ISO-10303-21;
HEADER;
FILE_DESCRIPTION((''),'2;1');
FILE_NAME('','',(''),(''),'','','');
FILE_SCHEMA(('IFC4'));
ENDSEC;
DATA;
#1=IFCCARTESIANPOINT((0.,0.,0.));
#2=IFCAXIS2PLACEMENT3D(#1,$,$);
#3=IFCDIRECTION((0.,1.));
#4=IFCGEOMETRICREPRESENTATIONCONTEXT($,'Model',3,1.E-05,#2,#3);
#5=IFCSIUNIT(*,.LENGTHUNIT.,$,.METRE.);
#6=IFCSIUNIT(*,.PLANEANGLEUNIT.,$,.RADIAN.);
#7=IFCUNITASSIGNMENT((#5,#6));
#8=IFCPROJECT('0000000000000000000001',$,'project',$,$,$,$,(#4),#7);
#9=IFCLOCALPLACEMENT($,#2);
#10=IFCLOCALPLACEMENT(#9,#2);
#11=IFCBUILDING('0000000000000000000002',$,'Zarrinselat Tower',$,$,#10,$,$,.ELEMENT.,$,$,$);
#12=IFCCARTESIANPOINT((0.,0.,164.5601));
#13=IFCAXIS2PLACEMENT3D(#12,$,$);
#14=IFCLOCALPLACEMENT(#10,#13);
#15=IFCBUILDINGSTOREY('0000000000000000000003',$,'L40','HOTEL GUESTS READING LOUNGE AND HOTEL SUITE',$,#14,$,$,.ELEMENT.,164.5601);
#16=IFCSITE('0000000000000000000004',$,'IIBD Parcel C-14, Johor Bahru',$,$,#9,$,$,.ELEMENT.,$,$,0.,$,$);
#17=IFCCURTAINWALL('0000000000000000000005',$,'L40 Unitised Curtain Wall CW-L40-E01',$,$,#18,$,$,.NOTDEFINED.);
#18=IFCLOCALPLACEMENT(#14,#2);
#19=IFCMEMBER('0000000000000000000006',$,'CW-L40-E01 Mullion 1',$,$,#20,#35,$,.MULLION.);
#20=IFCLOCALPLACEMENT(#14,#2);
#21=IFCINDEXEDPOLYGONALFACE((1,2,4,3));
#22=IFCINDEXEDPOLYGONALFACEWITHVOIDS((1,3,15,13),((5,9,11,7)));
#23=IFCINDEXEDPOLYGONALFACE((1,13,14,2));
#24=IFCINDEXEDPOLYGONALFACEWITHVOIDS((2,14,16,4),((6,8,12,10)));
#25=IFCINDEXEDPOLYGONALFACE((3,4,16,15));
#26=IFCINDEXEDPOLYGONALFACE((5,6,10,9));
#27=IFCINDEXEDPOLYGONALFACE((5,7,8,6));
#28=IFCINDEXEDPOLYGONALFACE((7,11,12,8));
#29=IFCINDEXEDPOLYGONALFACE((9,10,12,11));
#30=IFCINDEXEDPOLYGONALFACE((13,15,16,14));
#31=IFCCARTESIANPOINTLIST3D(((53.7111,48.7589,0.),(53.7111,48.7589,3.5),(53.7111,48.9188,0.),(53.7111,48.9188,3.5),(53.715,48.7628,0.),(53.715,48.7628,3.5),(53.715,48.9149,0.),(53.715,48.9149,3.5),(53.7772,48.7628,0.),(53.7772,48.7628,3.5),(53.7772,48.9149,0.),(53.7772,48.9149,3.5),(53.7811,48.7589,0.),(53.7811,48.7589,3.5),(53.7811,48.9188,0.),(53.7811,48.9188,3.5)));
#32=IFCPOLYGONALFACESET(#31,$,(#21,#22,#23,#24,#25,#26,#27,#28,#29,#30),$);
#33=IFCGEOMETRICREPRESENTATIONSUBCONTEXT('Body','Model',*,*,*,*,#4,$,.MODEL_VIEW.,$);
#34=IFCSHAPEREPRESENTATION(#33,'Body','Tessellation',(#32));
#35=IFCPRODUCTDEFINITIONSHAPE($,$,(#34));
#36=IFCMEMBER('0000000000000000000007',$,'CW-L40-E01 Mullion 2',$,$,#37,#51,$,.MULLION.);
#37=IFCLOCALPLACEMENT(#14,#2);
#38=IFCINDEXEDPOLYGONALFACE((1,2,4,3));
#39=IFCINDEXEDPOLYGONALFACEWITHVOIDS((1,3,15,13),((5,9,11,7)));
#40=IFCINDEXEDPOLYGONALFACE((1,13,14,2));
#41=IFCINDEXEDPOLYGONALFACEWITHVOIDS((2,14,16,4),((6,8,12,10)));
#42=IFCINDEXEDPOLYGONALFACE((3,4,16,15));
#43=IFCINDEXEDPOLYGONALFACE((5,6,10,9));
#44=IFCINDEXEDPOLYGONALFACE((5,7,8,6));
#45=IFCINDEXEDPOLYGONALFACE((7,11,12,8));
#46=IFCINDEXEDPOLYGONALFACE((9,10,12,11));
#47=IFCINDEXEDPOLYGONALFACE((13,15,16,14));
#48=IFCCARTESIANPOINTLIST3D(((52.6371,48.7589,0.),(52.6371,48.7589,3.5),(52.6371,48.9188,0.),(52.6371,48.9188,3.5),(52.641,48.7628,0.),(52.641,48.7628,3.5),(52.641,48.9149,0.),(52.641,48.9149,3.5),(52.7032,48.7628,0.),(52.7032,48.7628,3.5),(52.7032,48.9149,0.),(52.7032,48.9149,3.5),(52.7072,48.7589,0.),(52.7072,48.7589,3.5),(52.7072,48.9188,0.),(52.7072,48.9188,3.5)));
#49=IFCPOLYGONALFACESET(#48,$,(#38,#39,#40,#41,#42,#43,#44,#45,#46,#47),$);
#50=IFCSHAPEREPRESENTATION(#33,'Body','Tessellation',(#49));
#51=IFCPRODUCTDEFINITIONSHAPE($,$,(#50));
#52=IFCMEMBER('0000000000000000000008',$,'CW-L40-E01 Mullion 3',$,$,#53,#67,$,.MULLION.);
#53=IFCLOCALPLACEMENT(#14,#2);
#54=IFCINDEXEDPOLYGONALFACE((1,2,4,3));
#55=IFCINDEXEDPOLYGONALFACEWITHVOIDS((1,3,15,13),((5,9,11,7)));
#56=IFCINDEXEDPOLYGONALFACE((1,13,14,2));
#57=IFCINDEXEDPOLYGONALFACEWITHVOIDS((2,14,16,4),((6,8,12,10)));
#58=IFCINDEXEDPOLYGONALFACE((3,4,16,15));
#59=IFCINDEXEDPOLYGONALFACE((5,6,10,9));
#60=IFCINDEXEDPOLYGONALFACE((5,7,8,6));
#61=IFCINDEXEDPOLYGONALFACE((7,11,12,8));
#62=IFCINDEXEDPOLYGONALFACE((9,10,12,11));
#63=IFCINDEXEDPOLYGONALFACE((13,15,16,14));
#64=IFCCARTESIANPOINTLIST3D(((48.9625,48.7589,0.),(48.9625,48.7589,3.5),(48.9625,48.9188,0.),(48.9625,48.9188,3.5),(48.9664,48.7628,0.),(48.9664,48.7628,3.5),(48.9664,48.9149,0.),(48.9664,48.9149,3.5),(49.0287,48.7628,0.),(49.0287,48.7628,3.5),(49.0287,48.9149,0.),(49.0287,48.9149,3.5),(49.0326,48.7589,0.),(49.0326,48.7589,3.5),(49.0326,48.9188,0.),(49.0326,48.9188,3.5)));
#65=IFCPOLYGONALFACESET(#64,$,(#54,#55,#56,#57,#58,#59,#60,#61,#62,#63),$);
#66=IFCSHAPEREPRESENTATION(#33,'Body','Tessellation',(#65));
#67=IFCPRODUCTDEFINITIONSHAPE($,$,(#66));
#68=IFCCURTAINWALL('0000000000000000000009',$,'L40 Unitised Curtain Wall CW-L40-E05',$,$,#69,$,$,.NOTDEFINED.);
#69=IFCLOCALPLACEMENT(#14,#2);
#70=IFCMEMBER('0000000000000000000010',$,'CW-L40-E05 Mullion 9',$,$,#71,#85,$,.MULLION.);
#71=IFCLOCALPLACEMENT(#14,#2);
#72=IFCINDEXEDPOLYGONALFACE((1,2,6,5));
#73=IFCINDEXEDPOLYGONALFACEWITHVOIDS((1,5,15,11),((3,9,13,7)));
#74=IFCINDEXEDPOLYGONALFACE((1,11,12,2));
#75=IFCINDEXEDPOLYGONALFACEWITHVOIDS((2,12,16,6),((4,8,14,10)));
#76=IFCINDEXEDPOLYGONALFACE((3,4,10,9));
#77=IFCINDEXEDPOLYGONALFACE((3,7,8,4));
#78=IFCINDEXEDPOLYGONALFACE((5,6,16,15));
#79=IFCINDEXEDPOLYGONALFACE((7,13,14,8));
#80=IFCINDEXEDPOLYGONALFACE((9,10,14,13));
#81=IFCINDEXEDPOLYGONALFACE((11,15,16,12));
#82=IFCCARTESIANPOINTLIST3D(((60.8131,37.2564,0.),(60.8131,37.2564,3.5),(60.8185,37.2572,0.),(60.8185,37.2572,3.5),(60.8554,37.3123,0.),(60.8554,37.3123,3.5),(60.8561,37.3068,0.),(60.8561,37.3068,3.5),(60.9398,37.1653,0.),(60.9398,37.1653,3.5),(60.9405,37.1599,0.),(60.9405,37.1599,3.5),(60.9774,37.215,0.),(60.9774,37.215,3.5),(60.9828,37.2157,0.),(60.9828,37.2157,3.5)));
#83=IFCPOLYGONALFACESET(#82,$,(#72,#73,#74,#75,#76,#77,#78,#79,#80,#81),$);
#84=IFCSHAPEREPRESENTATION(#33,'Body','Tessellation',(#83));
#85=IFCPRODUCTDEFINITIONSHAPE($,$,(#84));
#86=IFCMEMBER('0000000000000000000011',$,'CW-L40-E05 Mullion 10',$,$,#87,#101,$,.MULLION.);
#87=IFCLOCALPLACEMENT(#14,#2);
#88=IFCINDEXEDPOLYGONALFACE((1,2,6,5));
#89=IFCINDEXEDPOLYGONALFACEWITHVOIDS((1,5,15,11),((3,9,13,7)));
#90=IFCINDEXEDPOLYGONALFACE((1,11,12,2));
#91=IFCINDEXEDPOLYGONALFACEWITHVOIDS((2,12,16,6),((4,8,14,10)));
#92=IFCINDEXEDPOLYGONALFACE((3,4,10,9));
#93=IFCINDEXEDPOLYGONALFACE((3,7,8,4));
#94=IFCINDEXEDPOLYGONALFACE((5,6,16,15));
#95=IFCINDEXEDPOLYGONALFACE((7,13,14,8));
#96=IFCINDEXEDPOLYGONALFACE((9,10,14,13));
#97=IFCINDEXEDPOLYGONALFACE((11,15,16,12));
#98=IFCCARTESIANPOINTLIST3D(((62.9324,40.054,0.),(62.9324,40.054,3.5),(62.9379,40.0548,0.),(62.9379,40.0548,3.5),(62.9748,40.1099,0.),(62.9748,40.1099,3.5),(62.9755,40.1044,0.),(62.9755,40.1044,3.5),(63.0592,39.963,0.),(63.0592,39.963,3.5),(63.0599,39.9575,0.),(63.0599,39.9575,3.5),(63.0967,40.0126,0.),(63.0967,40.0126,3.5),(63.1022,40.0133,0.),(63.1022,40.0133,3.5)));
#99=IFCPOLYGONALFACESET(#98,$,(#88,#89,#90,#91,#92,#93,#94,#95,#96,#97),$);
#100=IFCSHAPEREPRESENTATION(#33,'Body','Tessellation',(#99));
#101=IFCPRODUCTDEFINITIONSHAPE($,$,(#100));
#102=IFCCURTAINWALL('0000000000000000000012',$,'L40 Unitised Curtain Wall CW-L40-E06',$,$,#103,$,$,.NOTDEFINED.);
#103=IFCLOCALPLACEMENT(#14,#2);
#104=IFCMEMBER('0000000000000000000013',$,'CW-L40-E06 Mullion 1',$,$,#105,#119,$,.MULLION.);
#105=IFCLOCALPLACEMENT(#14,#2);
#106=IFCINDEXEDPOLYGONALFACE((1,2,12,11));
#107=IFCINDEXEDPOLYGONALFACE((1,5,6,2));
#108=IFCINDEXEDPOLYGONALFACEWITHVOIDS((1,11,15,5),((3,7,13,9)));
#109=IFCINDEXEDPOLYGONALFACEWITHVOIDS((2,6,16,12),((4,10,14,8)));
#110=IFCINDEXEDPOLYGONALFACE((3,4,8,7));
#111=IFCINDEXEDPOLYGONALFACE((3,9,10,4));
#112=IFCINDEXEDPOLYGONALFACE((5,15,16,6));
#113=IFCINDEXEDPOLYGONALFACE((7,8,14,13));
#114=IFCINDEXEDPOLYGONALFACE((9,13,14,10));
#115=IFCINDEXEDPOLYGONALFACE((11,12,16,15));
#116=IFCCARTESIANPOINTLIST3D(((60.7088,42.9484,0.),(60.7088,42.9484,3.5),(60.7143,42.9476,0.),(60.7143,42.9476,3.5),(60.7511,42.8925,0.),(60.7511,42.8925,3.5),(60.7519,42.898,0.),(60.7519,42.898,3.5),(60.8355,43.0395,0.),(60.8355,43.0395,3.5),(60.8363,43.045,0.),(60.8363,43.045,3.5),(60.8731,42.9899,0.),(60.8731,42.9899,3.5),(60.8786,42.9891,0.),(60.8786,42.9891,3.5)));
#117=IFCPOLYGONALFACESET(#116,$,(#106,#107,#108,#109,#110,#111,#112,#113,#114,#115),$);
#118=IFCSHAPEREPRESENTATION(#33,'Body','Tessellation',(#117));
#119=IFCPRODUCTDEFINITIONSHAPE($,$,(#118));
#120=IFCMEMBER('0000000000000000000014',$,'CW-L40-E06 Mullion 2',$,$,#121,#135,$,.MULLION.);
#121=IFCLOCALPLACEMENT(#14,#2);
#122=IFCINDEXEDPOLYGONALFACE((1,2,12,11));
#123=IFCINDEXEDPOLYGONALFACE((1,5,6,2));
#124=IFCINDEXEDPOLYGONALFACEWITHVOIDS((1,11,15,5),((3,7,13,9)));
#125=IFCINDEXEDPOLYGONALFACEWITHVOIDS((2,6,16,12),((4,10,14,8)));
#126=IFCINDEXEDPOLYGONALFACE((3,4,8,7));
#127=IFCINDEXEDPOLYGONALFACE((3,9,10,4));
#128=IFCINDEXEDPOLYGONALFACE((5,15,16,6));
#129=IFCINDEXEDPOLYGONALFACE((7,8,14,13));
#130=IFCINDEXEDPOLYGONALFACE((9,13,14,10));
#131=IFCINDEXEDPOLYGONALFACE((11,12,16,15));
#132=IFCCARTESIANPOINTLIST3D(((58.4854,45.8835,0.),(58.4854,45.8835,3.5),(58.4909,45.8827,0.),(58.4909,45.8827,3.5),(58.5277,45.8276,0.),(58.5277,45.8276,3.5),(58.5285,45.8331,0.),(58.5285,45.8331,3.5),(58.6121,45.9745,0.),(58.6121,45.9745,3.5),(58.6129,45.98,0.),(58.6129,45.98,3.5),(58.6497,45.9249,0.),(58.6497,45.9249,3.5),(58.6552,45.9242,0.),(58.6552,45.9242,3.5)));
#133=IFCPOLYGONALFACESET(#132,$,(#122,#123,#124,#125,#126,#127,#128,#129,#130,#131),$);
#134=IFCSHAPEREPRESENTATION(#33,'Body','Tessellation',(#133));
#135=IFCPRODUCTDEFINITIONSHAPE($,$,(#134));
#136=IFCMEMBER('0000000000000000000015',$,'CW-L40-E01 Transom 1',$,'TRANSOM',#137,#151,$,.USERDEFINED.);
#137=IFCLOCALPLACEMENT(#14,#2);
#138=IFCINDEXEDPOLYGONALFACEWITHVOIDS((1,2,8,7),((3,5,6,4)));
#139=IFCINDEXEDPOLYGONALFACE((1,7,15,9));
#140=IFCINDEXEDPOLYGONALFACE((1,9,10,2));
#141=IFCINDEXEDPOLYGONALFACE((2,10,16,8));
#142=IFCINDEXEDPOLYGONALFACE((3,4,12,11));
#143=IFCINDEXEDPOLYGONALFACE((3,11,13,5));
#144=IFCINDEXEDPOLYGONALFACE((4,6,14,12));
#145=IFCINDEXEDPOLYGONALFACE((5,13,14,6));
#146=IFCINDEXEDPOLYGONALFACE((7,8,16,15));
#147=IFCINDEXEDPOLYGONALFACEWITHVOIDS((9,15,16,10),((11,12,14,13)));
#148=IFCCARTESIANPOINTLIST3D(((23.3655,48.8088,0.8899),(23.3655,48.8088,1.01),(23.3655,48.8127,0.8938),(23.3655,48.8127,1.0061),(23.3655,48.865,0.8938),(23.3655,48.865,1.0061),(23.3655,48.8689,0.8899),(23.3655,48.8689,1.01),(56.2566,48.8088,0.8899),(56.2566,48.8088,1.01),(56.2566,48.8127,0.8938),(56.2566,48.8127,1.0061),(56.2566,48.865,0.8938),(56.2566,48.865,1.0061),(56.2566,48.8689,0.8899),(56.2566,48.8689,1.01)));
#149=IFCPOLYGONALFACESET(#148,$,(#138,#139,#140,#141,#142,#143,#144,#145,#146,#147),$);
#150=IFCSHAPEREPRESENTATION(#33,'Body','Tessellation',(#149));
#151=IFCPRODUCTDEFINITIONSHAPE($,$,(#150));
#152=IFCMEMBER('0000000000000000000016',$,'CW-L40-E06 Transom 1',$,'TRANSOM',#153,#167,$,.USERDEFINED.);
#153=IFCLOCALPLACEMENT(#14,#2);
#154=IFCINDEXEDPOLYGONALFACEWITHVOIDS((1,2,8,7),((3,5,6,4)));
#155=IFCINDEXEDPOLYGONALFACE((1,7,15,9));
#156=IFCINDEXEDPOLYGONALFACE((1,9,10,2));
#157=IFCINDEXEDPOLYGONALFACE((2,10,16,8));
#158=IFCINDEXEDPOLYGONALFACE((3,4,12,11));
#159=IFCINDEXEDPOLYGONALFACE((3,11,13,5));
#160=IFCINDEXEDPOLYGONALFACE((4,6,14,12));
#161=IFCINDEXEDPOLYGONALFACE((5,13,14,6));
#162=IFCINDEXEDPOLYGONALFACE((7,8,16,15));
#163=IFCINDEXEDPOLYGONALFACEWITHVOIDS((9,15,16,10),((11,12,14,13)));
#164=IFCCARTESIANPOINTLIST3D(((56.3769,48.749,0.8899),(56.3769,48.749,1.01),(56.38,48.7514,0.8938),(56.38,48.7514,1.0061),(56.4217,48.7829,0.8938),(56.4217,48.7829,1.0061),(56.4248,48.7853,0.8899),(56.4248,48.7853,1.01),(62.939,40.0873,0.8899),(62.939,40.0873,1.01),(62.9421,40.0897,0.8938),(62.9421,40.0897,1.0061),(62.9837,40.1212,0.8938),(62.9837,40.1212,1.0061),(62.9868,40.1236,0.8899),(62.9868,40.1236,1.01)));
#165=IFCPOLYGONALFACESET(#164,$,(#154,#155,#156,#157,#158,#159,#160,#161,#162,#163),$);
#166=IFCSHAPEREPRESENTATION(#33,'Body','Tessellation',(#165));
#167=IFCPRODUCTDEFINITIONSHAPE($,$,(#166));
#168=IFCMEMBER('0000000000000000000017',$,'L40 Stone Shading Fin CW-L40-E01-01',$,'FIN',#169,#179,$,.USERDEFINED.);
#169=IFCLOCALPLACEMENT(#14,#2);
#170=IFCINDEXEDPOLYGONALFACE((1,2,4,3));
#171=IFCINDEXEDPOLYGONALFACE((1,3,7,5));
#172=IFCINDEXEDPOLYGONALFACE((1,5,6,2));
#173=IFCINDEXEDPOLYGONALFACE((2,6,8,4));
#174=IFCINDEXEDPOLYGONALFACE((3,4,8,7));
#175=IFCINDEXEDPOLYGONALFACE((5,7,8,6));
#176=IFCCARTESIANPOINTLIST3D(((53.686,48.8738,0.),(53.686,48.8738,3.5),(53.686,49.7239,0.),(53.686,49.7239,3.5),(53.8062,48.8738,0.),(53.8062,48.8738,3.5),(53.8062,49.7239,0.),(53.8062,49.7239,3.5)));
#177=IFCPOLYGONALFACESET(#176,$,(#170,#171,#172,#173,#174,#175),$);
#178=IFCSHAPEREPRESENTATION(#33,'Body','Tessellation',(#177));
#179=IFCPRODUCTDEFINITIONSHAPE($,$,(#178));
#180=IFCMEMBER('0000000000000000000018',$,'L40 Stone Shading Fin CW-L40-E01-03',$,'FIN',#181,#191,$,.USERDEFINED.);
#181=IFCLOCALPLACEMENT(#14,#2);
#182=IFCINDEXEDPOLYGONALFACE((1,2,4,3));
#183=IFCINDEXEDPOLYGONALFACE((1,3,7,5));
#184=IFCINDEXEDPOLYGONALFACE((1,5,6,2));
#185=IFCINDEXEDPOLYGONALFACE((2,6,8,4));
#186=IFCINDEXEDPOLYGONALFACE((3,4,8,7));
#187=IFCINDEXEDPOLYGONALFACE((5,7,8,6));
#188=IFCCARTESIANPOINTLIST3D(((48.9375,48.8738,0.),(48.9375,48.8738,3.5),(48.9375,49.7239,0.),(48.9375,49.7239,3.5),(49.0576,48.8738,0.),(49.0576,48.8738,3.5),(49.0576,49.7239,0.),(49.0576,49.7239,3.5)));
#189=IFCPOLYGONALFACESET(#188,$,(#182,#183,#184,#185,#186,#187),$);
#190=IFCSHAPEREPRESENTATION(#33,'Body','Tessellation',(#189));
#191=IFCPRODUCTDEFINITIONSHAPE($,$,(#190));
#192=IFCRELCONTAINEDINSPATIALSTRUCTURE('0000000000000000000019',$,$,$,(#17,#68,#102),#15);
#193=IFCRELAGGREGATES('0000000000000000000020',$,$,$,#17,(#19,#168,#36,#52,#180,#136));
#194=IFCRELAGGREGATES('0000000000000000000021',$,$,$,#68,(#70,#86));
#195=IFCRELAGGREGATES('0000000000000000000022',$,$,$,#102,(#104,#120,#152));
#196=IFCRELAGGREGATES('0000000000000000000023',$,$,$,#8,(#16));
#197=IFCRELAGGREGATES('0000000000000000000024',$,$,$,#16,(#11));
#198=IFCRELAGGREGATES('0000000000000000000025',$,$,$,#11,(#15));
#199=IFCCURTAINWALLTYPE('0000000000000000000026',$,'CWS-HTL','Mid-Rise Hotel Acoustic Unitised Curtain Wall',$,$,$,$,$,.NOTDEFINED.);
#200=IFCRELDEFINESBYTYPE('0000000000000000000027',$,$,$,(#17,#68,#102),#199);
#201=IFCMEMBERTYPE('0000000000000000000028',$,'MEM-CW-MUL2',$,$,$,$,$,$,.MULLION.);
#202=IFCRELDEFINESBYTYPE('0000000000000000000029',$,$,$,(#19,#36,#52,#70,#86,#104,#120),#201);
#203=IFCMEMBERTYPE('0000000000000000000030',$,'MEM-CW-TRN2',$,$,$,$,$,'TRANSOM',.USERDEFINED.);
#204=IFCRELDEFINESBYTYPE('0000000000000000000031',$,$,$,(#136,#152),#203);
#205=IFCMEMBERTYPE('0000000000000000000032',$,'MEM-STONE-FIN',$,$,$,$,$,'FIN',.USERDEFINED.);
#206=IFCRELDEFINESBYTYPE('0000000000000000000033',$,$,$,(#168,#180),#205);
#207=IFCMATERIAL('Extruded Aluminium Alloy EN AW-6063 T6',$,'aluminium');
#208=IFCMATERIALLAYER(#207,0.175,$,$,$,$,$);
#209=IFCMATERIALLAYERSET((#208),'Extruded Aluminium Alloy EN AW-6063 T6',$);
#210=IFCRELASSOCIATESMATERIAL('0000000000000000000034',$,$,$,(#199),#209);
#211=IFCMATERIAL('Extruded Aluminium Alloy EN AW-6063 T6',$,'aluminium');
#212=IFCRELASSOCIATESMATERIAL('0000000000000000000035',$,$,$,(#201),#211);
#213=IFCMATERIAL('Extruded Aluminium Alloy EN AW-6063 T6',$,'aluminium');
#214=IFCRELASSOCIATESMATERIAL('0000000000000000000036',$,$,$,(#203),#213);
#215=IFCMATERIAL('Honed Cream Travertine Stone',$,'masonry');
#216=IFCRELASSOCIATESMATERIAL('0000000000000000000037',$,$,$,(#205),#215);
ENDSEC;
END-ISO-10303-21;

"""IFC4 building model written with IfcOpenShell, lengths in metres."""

from ifc_helpers import new_model, si_unit, direction, frame, origin, origin_2d, place, context, subcontext, project, spatial, rectangle, hollow_rectangle, extrude, material, layer, layer_set, material_profile, profile_set, type_object, element, aggregate, save


model = new_model("IFC4")

# Units and contexts
model_context = context("Model", 3, precision=1e-05, world=origin(), true_north=direction((0.0, 1.0)))
body_context = subcontext(model_context, "Body", "Model", "MODEL_VIEW")
ifc_project = project(units=[si_unit("LENGTHUNIT", "METRE"), si_unit("PLANEANGLEUNIT", "RADIAN")], contexts=[model_context])

# Site, building, storey
site_placement = place(None, origin())
site = spatial("IfcSite", under=ifc_project, at=site_placement, Name="IIBD Parcel C-14, Johor Bahru", CompositionType="ELEMENT", RefElevation=0.0)
building_placement = place(site_placement, origin())
building = spatial("IfcBuilding", under=site, at=building_placement, Name="Zarrinselat Tower", CompositionType="ELEMENT")
storey_placement = place(building_placement, frame((0.0, 0.0, 164.5601)))
storey = spatial("IfcBuildingStorey", under=building, at=storey_placement, Name="L40", Description="HOTEL GUESTS READING LOUNGE AND HOTEL SUITE", CompositionType="ELEMENT", Elevation=164.5601)

# Curtain walls, members
ifc_material_1 = material(Name="Extruded Aluminium Alloy EN AW-6063 T6", Category="aluminium")
ifc_layer_1 = layer(ifc_material_1, 0.175)
ifc_layer_set_1 = layer_set([ifc_layer_1], Name="Extruded Aluminium Alloy EN AW-6063 T6")
curtain_wall_type = type_object("IfcCurtainWallType", Name="CWS-HTL", Description="Mid-Rise Hotel Acoustic Unitised Curtain Wall", PredefinedType="NOTDEFINED", material=ifc_layer_set_1)
curtain_wall_1_placement = place(storey_placement, origin())
curtain_wall_1 = element("IfcCurtainWall", 1, at=curtain_wall_1_placement, inside=storey, type_object=curtain_wall_type, Name="L40 Unitised Curtain Wall CW-L40-E01", PredefinedType="NOTDEFINED")
ifc_material_2 = material(Name="Extruded Aluminium Alloy EN AW-6063 T6", Category="aluminium")
ifc_material_profile_1 = material_profile(ifc_material_2, hollow_rectangle(XDim=0.0701, YDim=0.1599, WallThickness=0.0039, at=origin_2d()), Name="RHS 160x70x4")
ifc_profile_set_1 = profile_set([ifc_material_profile_1], Name="Extruded Aluminium Alloy EN AW-6063 T6")
member_type_1 = type_object("IfcMemberType", Name="MEM-CW-MUL2", PredefinedType="MULLION", material=ifc_profile_set_1)
member_1_placement = place(storey_placement, frame((53.7461, 48.8389, 0.0), z_axis=(0.0, 0.0, 1.0), x_axis=(-1.0, 0.0, 0.0)))
member_1 = element("IfcMember", 2, at=member_1_placement, type_object=member_type_1, Name="CW-L40-E01 Mullion 1", PredefinedType="MULLION", context=body_context, shape_type="SweptSolid", body=[
    extrude(hollow_rectangle(XDim=0.0701, YDim=0.1599, WallThickness=0.0039, at=origin_2d()), origin(), (0.0, 0.0, 1.0), 3.5),
])
member_2_placement = place(storey_placement, frame((52.6721, 48.8389, 0.0), z_axis=(0.0, 0.0, 1.0), x_axis=(-1.0, 0.0, 0.0)))
member_2 = element("IfcMember", 3, at=member_2_placement, type_object=member_type_1, Name="CW-L40-E01 Mullion 2", PredefinedType="MULLION", context=body_context, shape_type="SweptSolid", body=[
    extrude(hollow_rectangle(XDim=0.0701, YDim=0.1599, WallThickness=0.0039, at=origin_2d()), origin(), (0.0, 0.0, 1.0), 3.5),
])
member_3_placement = place(storey_placement, frame((48.9976, 48.8389, 0.0), z_axis=(0.0, 0.0, 1.0), x_axis=(-1.0, 0.0, 0.0)))
member_3 = element("IfcMember", 4, at=member_3_placement, type_object=member_type_1, Name="CW-L40-E01 Mullion 3", PredefinedType="MULLION", context=body_context, shape_type="SweptSolid", body=[
    extrude(hollow_rectangle(XDim=0.0701, YDim=0.1599, WallThickness=0.0039, at=origin_2d()), origin(), (0.0, 0.0, 1.0), 3.5),
])
curtain_wall_2_placement = place(storey_placement, origin())
curtain_wall_2 = element("IfcCurtainWall", 5, at=curtain_wall_2_placement, inside=storey, type_object=curtain_wall_type, Name="L40 Unitised Curtain Wall CW-L40-E05", PredefinedType="NOTDEFINED")
member_4_placement = place(storey_placement, frame((60.8979, 37.2361, 0.0), z_axis=(0.0, 0.0, 1.0), x_axis=(0.603859, 0.797091, 0.0)))
member_4 = element("IfcMember", 6, at=member_4_placement, type_object=member_type_1, Name="CW-L40-E05 Mullion 9", PredefinedType="MULLION", context=body_context, shape_type="SweptSolid", body=[
    extrude(hollow_rectangle(XDim=0.0701, YDim=0.1599, WallThickness=0.0039, at=origin_2d()), origin(), (0.0, 0.0, 1.0), 3.5),
])
member_5_placement = place(storey_placement, frame((63.0173, 40.0337, 0.0), z_axis=(0.0, 0.0, 1.0), x_axis=(0.603859, 0.797091, 0.0)))
member_5 = element("IfcMember", 7, at=member_5_placement, type_object=member_type_1, Name="CW-L40-E05 Mullion 10", PredefinedType="MULLION", context=body_context, shape_type="SweptSolid", body=[
    extrude(hollow_rectangle(XDim=0.0701, YDim=0.1599, WallThickness=0.0039, at=origin_2d()), origin(), (0.0, 0.0, 1.0), 3.5),
])
curtain_wall_3_placement = place(storey_placement, origin())
curtain_wall_3 = element("IfcCurtainWall", 8, at=curtain_wall_3_placement, inside=storey, type_object=curtain_wall_type, Name="L40 Unitised Curtain Wall CW-L40-E06", PredefinedType="NOTDEFINED")
member_6_placement = place(storey_placement, frame((60.7937, 42.9688, 0.0), z_axis=(0.0, 0.0, 1.0), x_axis=(-0.603857, 0.797092, 0.0)))
member_6 = element("IfcMember", 9, at=member_6_placement, type_object=member_type_1, Name="CW-L40-E06 Mullion 1", PredefinedType="MULLION", context=body_context, shape_type="SweptSolid", body=[
    extrude(hollow_rectangle(XDim=0.0701, YDim=0.1599, WallThickness=0.0039, at=origin_2d()), origin(), (0.0, 0.0, 1.0), 3.5),
])
member_7_placement = place(storey_placement, frame((58.5703, 45.9038, 0.0), z_axis=(0.0, 0.0, 1.0), x_axis=(-0.603857, 0.797092, 0.0)))
member_7 = element("IfcMember", 10, at=member_7_placement, type_object=member_type_1, Name="CW-L40-E06 Mullion 2", PredefinedType="MULLION", context=body_context, shape_type="SweptSolid", body=[
    extrude(hollow_rectangle(XDim=0.0701, YDim=0.1599, WallThickness=0.0039, at=origin_2d()), origin(), (0.0, 0.0, 1.0), 3.5),
])

# Members
ifc_material_3 = material(Name="Extruded Aluminium Alloy EN AW-6063 T6", Category="aluminium")
ifc_material_profile_2 = material_profile(ifc_material_3, hollow_rectangle(XDim=0.0601, YDim=0.1201, WallThickness=0.0039, at=origin_2d()), Name="RHS 120x60x4")
ifc_profile_set_2 = profile_set([ifc_material_profile_2], Name="Extruded Aluminium Alloy EN AW-6063 T6")
member_type_2 = type_object("IfcMemberType", Name="MEM-CW-TRN2", ElementType="TRANSOM", PredefinedType="USERDEFINED", material=ifc_profile_set_2)
member_8_placement = place(storey_placement, frame((56.2566, 48.8389, 0.95), z_axis=(-1.0, 0.0, 0.0), x_axis=(0.0, -1.0, 0.0)))
member_8 = element("IfcMember", 11, at=member_8_placement, type_object=member_type_2, Name="CW-L40-E01 Transom 1", ObjectType="TRANSOM", PredefinedType="USERDEFINED", context=body_context, shape_type="SweptSolid", body=[
    extrude(hollow_rectangle(XDim=0.0601, YDim=0.1201, WallThickness=0.0039, at=origin_2d()), origin(), (0.0, 0.0, 1.0), 32.8911),
])
member_9_placement = place(storey_placement, frame((62.9629, 40.1055, 0.95), z_axis=(-0.603868, 0.797084, 0.0), x_axis=(-0.797084, -0.603868, 0.0)))
member_9 = element("IfcMember", 12, at=member_9_placement, type_object=member_type_2, Name="CW-L40-E06 Transom 1", ObjectType="TRANSOM", PredefinedType="USERDEFINED", context=body_context, shape_type="SweptSolid", body=[
    extrude(hollow_rectangle(XDim=0.0601, YDim=0.1201, WallThickness=0.0039, at=origin_2d()), origin(), (0.0, 0.0, 1.0), 10.8667),
])
ifc_material_4 = material(Name="Honed Cream Travertine Stone", Category="masonry")
ifc_material_profile_3 = material_profile(ifc_material_4, rectangle(XDim=0.1201, YDim=0.8501, at=origin_2d()), Name="FIN 850x120")
ifc_profile_set_3 = profile_set([ifc_material_profile_3], Name="Honed Cream Travertine Stone")
member_type_3 = type_object("IfcMemberType", Name="MEM-STONE-FIN", ElementType="FIN", PredefinedType="USERDEFINED", material=ifc_profile_set_3)
member_10_placement = place(storey_placement, frame((53.7461, 49.2988, 0.0), z_axis=(0.0, 0.0, 1.0), x_axis=(1.0, 0.0, 0.0)))
member_10 = element("IfcMember", 13, at=member_10_placement, type_object=member_type_3, Name="L40 Stone Shading Fin CW-L40-E01-01", ObjectType="FIN", PredefinedType="USERDEFINED", context=body_context, shape_type="SweptSolid", body=[
    extrude(rectangle(XDim=0.1201, YDim=0.8501, at=origin_2d()), origin(), (0.0, 0.0, 1.0), 3.5),
])
member_11_placement = place(storey_placement, frame((48.9976, 49.2988, 0.0), z_axis=(0.0, 0.0, 1.0), x_axis=(1.0, 0.0, 0.0)))
member_11 = element("IfcMember", 14, at=member_11_placement, type_object=member_type_3, Name="L40 Stone Shading Fin CW-L40-E01-03", ObjectType="FIN", PredefinedType="USERDEFINED", context=body_context, shape_type="SweptSolid", body=[
    extrude(rectangle(XDim=0.1201, YDim=0.8501, at=origin_2d()), origin(), (0.0, 0.0, 1.0), 3.5),
])

aggregate(curtain_wall_1, [member_1, member_10, member_2, member_3, member_11, member_8])
aggregate(curtain_wall_2, [member_4, member_5])
aggregate(curtain_wall_3, [member_6, member_7, member_9])

save(model, "model.ifc")
